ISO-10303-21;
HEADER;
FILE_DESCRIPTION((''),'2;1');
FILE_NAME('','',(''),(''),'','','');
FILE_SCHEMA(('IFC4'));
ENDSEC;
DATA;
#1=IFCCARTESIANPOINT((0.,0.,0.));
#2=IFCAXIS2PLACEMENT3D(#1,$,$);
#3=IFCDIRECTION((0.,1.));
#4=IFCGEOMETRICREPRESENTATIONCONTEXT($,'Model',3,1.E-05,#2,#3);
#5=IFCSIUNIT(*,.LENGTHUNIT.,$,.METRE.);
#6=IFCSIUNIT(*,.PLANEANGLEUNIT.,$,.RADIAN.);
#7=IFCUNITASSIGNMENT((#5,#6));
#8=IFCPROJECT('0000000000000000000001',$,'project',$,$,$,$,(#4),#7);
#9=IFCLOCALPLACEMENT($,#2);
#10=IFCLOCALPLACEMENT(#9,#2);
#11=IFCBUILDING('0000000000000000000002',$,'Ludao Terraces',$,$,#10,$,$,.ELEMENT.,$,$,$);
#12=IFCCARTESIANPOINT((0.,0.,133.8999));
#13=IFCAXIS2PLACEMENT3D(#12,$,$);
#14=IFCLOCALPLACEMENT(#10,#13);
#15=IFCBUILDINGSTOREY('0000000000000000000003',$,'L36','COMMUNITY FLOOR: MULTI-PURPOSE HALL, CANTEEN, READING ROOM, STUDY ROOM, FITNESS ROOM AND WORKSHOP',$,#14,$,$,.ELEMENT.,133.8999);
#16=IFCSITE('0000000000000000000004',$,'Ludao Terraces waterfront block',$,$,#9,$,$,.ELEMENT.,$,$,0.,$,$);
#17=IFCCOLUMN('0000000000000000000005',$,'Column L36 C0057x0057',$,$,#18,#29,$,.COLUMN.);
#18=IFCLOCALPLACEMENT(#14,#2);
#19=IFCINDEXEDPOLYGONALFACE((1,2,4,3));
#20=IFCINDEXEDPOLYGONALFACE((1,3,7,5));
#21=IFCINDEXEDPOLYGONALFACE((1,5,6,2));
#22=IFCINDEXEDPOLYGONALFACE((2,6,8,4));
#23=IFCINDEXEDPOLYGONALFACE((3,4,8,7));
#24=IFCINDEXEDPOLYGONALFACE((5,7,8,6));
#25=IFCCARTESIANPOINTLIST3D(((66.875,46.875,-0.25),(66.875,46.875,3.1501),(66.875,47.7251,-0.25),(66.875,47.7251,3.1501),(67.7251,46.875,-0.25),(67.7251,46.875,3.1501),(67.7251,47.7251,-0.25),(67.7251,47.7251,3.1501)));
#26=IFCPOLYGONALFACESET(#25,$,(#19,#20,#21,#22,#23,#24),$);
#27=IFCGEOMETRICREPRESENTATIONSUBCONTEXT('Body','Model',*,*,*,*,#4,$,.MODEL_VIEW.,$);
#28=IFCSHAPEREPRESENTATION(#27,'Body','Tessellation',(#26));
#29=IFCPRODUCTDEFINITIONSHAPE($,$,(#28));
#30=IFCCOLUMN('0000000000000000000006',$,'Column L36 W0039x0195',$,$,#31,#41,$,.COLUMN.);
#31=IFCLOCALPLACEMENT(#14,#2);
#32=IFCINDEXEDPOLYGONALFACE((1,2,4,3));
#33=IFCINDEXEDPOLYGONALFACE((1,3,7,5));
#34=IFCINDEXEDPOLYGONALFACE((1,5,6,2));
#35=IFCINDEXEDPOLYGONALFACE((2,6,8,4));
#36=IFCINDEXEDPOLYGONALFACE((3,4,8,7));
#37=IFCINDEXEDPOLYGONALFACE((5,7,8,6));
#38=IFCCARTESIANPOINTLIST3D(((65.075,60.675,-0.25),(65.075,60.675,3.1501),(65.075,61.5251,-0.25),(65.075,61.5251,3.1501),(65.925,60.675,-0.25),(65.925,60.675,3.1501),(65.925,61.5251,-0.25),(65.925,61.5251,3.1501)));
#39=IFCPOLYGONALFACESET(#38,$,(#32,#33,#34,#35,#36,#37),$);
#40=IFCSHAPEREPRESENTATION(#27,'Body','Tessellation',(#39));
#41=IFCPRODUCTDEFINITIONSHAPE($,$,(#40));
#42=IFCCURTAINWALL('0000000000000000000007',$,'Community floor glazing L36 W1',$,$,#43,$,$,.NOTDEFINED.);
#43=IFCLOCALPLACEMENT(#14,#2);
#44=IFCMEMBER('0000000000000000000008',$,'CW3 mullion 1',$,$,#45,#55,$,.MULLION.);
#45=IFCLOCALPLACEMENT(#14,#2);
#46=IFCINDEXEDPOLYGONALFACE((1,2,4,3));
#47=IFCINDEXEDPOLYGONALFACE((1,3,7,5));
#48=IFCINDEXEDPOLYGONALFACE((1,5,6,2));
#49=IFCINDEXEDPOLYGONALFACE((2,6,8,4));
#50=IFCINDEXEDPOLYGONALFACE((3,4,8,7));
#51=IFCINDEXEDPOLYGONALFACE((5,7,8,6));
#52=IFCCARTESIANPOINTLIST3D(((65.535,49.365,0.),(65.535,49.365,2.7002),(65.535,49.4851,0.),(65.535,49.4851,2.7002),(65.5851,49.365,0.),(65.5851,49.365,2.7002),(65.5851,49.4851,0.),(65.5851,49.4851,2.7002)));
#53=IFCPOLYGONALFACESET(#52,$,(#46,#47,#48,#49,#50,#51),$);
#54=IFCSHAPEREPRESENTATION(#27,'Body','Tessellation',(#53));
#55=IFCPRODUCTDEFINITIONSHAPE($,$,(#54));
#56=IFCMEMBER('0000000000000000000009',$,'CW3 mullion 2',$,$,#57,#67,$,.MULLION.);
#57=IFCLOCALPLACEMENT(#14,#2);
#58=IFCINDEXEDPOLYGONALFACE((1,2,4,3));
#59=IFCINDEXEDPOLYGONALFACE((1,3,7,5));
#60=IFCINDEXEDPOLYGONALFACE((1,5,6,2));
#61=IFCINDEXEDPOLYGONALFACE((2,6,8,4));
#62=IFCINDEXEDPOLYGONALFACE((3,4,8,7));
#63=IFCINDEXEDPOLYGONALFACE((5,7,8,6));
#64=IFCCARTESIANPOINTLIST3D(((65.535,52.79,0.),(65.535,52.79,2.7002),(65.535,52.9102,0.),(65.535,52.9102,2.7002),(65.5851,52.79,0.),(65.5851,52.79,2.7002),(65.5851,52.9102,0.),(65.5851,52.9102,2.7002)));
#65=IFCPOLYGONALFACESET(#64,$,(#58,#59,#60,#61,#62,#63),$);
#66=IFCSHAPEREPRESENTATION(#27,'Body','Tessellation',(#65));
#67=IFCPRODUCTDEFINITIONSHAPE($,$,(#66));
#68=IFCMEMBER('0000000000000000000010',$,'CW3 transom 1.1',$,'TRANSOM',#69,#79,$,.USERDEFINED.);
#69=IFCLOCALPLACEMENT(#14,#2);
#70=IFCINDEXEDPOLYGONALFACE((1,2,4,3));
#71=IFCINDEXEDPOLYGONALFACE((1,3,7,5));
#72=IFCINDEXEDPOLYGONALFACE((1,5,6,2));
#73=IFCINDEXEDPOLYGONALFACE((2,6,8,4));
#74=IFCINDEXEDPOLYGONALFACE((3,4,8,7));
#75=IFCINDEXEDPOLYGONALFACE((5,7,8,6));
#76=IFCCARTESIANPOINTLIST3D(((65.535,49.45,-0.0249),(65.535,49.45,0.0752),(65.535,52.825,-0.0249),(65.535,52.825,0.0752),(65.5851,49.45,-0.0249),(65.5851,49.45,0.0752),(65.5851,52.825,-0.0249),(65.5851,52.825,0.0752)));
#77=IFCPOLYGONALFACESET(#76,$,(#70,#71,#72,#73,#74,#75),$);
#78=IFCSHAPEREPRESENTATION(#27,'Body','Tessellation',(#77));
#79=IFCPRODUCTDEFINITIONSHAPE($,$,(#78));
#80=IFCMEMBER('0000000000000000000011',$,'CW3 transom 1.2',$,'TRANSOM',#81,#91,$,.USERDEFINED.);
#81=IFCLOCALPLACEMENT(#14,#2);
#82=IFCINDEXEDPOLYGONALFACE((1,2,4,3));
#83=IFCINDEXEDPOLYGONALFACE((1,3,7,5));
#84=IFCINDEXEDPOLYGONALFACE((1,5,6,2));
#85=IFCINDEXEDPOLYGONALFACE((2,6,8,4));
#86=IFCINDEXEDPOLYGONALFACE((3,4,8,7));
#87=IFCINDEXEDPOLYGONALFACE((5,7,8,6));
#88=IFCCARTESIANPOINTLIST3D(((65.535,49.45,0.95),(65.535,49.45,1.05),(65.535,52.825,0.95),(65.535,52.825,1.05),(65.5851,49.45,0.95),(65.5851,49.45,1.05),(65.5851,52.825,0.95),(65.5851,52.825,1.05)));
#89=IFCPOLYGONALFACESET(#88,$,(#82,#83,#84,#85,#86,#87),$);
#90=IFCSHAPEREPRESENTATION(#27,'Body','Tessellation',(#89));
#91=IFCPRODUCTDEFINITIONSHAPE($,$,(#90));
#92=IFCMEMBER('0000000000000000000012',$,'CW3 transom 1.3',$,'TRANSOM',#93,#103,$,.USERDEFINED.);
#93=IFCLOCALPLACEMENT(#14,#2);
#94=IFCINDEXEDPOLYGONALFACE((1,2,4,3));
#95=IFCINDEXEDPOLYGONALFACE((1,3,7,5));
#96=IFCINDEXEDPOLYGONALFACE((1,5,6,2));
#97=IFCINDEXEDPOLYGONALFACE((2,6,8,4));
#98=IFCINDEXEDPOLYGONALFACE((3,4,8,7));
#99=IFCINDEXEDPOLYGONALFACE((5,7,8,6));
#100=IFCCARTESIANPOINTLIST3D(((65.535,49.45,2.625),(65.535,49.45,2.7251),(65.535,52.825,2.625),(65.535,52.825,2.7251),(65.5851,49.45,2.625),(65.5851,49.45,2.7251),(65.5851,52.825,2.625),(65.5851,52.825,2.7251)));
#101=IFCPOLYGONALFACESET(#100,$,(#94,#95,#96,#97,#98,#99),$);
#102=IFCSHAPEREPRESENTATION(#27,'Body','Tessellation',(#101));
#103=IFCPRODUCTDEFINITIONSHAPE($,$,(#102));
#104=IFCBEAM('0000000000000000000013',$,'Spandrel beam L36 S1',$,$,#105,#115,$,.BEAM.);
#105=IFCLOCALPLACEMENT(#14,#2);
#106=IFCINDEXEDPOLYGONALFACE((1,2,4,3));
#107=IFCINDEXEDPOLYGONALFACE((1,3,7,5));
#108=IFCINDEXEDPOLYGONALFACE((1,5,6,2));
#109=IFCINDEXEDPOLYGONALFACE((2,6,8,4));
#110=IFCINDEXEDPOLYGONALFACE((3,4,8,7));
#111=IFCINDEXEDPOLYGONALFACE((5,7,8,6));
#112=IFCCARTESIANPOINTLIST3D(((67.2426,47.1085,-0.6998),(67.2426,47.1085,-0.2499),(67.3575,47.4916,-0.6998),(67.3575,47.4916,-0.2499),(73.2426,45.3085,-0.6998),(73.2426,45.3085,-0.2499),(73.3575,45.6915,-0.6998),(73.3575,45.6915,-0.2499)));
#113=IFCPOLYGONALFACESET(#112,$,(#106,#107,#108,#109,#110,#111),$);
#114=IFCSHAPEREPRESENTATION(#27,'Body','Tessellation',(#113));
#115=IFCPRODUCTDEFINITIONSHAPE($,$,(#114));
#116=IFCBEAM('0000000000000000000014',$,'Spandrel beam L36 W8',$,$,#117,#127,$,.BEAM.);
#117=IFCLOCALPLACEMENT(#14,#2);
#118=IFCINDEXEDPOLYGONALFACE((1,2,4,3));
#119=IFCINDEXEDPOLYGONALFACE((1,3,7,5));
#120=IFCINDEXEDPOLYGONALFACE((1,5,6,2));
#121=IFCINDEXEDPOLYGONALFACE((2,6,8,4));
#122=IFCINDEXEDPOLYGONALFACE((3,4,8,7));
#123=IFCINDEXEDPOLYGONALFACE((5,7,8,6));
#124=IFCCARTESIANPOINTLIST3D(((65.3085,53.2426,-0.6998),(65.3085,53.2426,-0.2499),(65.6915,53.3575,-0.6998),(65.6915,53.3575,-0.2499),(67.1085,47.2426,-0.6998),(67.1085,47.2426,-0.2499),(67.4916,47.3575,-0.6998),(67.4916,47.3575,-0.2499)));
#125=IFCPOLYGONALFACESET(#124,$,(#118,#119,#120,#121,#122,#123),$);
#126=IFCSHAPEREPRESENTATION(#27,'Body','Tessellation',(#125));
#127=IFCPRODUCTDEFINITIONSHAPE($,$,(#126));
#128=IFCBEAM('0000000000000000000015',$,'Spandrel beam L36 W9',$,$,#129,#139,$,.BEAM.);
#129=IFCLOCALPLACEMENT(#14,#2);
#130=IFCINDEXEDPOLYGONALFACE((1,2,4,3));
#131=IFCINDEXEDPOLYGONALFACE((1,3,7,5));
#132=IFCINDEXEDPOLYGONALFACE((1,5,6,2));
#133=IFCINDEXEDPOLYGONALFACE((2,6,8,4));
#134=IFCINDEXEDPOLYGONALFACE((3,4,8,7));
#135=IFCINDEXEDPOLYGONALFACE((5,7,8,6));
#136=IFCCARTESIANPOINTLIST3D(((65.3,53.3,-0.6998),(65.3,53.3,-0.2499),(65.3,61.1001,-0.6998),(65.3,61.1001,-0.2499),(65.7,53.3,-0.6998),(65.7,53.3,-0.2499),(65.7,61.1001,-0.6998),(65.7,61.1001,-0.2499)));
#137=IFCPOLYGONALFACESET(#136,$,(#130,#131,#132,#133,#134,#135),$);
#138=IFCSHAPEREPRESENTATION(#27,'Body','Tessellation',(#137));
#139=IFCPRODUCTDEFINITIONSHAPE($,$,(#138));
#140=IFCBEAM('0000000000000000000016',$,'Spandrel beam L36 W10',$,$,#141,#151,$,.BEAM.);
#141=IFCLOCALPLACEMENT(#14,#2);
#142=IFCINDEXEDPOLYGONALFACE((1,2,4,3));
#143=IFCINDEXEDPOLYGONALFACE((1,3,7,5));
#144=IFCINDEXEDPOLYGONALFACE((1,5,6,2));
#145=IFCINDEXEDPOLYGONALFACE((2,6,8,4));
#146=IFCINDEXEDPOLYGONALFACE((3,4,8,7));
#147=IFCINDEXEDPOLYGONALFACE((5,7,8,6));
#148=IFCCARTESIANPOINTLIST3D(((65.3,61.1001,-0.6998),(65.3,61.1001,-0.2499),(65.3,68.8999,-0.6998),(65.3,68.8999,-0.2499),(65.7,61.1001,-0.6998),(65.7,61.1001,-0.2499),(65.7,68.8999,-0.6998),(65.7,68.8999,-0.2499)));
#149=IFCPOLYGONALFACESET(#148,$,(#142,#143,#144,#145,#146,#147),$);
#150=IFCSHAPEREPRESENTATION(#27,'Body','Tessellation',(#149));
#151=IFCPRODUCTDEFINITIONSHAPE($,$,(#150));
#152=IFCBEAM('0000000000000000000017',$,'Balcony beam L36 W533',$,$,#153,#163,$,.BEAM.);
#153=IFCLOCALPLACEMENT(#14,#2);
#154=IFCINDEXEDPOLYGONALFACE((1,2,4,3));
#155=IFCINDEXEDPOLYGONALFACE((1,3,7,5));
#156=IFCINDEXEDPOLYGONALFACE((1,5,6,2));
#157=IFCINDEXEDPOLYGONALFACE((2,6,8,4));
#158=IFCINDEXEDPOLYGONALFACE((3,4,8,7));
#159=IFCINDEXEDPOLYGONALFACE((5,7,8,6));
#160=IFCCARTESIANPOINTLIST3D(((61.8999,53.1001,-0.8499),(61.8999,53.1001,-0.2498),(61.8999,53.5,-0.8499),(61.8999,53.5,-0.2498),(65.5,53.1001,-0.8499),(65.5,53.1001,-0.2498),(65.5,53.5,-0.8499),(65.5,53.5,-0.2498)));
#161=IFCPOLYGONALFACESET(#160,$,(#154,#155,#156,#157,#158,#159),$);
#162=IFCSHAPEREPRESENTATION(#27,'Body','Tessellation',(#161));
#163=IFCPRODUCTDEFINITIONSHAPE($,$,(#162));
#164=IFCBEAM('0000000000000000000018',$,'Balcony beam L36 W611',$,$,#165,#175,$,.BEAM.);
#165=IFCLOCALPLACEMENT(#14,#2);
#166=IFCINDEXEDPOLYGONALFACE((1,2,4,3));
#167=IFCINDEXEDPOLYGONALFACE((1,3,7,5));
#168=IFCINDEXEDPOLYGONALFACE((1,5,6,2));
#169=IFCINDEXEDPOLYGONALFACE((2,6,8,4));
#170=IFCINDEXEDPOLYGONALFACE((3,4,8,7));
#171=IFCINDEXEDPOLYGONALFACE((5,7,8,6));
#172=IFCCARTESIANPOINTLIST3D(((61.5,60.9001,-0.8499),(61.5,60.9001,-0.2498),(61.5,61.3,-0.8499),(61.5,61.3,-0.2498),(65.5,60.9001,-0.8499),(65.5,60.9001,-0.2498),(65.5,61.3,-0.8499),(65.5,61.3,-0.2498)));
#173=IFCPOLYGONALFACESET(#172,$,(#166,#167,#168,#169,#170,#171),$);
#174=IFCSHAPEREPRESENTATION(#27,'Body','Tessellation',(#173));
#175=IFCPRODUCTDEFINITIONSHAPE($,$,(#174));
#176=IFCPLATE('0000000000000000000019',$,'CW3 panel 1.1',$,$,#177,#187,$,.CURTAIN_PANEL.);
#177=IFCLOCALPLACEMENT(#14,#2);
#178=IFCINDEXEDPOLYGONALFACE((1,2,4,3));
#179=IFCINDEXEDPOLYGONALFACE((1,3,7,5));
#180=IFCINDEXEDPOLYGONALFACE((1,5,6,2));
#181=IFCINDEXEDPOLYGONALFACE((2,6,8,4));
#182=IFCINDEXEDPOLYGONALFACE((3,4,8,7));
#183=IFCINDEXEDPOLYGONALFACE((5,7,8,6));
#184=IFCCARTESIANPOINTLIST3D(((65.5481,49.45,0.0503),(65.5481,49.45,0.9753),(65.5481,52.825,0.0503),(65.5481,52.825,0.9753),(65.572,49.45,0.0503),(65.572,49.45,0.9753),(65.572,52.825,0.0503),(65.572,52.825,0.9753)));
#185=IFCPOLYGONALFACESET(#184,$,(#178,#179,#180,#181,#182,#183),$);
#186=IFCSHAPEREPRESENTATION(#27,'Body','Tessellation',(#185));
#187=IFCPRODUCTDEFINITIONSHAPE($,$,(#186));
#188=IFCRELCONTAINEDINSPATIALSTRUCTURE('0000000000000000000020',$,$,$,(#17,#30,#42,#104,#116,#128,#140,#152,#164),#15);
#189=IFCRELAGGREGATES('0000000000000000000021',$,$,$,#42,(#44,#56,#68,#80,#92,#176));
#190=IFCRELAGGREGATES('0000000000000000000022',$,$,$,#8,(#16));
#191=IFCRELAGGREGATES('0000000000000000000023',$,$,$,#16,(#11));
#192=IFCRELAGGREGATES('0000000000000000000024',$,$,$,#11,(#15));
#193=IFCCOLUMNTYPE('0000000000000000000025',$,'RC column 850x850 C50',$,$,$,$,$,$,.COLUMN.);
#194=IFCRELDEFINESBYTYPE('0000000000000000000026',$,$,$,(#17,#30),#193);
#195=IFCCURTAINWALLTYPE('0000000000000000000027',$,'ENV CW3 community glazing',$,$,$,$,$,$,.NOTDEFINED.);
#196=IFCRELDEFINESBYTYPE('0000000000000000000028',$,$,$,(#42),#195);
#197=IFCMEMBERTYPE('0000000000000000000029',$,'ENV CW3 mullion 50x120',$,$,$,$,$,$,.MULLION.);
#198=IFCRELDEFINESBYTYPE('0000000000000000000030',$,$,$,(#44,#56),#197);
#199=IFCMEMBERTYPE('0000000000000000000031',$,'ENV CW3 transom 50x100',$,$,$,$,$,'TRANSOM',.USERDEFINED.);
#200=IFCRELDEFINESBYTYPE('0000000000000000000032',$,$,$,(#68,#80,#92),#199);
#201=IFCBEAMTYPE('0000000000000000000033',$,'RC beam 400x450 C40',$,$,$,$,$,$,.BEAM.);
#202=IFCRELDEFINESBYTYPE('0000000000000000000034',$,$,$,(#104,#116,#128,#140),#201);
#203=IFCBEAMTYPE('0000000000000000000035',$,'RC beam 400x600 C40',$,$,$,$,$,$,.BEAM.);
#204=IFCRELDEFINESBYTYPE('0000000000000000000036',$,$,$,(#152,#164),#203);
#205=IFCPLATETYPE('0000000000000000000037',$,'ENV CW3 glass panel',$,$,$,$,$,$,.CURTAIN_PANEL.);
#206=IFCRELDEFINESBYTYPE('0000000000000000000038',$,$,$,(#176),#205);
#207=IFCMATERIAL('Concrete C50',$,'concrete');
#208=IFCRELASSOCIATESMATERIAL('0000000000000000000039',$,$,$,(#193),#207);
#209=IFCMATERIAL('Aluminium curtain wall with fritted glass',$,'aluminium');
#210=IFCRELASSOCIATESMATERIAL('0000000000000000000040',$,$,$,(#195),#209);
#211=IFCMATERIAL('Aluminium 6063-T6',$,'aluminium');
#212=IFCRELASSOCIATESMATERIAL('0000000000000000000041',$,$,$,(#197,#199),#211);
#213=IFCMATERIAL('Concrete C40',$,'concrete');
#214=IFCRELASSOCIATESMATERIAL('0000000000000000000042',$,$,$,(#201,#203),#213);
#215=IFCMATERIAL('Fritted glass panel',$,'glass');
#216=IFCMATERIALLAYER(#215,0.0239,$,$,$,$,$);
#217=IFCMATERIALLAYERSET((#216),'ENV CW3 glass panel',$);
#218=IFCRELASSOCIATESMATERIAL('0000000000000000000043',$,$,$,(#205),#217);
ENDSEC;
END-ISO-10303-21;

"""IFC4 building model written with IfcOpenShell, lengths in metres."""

from ifc_helpers import new_model, si_unit, direction, frame, origin, origin_2d, place, context, subcontext, project, spatial, rectangle, extrude, material, layer, layer_set, material_profile, profile_set, type_object, element, aggregate, save


model = new_model("IFC4")

# Units and contexts
model_context = context("Model", 3, precision=1e-05, world=origin(), true_north=direction((0.0, 1.0)))
body_context = subcontext(model_context, "Body", "Model", "MODEL_VIEW")
ifc_project = project(units=[si_unit("LENGTHUNIT", "METRE"), si_unit("PLANEANGLEUNIT", "RADIAN")], contexts=[model_context])

# Site, building, storey
site_placement = place(None, origin())
site = spatial("IfcSite", under=ifc_project, at=site_placement, Name="Ludao Terraces waterfront block", CompositionType="ELEMENT", RefElevation=0.0)
building_placement = place(site_placement, origin())
building = spatial("IfcBuilding", under=site, at=building_placement, Name="Ludao Terraces", CompositionType="ELEMENT")
storey_placement = place(building_placement, frame((0.0, 0.0, 133.8999)))
storey = spatial("IfcBuildingStorey", under=building, at=storey_placement, Name="L36", Description="COMMUNITY FLOOR: MULTI-PURPOSE HALL, CANTEEN, READING ROOM, STUDY ROOM, FITNESS ROOM AND WORKSHOP", CompositionType="ELEMENT", Elevation=133.8999)

# Columns
ifc_material_1 = material(Name="Concrete C50", Category="concrete")
ifc_material_profile_1 = material_profile(ifc_material_1, rectangle(XDim=0.8501, YDim=0.8501, at=origin_2d()), Name="850 X 850")
ifc_profile_set_1 = profile_set([ifc_material_profile_1], Name="Concrete C50")
column_type = type_object("IfcColumnType", Name="RC column 850x850 C50", PredefinedType="COLUMN", material=ifc_profile_set_1)
for number, where, z_axis, x_axis, name in (
    (1, (67.3, 47.3, -0.25), (0.0, 0.0, 1.0), (1.0, 0.0, 0.0), "Column L36 C0057x0057"),
    (2, (65.5, 61.1001, -0.25), (0.0, 0.0, 1.0), (1.0, 0.0, 0.0), "Column L36 W0039x0195"),
):
    element("IfcColumn", number, at=place(storey_placement, frame(where, z_axis=z_axis, x_axis=x_axis)), inside=storey, type_object=column_type, Name=name, PredefinedType="COLUMN", context=body_context, shape_type="SweptSolid", body=[
        extrude(rectangle(XDim=0.8501, YDim=0.8501, at=origin_2d()), origin(), (0.0, 0.0, 1.0), 3.4001),
    ])

# Curtain wall, members
ifc_material_2 = material(Name="Aluminium curtain wall with fritted glass", Category="aluminium")
curtain_wall_type = type_object("IfcCurtainWallType", Name="ENV CW3 community glazing", PredefinedType="NOTDEFINED", material=ifc_material_2)
curtain_wall_placement = place(storey_placement, origin())
curtain_wall = element("IfcCurtainWall", 3, at=curtain_wall_placement, inside=storey, type_object=curtain_wall_type, Name="Community floor glazing L36 W1", PredefinedType="NOTDEFINED")
ifc_material_3 = material(Name="Aluminium 6063-T6", Category="aluminium")
ifc_material_profile_2 = material_profile(ifc_material_3, rectangle(XDim=0.05, YDim=0.1201, at=origin_2d()), Name="50 X 120")
ifc_profile_set_2 = profile_set([ifc_material_profile_2], Name="Aluminium 6063-T6")
member_type_1 = type_object("IfcMemberType", Name="ENV CW3 mullion 50x120", PredefinedType="MULLION", material=ifc_profile_set_2)
member_1_placement = place(storey_placement, frame((65.5601, 49.425, 0.0), z_axis=(0.0, 0.0, 1.0), x_axis=(-1.0, 0.0, 0.0)))
member_1 = element("IfcMember", 4, at=member_1_placement, type_object=member_type_1, Name="CW3 mullion 1", PredefinedType="MULLION", context=body_context, shape_type="SweptSolid", body=[
    extrude(rectangle(XDim=0.05, YDim=0.1201, at=origin_2d()), origin(), (0.0, 0.0, 1.0), 2.7002),
])
member_2_placement = place(storey_placement, frame((65.5601, 52.8501, 0.0), z_axis=(0.0, 0.0, 1.0), x_axis=(-1.0, 0.0, 0.0)))
member_2 = element("IfcMember", 5, at=member_2_placement, type_object=member_type_1, Name="CW3 mullion 2", PredefinedType="MULLION", context=body_context, shape_type="SweptSolid", body=[
    extrude(rectangle(XDim=0.05, YDim=0.1201, at=origin_2d()), origin(), (0.0, 0.0, 1.0), 2.7002),
])
ifc_material_profile_3 = material_profile(ifc_material_3, rectangle(XDim=0.05, YDim=0.1001, at=origin_2d()), Name="50 X 100")
ifc_profile_set_3 = profile_set([ifc_material_profile_3], Name="Aluminium 6063-T6")
member_type_2 = type_object("IfcMemberType", Name="ENV CW3 transom 50x100", ElementType="TRANSOM", PredefinedType="USERDEFINED", material=ifc_profile_set_3)
member_3_placement = place(storey_placement, frame((65.5601, 49.45, 0.0251), z_axis=(0.0, 1.0, 0.0), x_axis=(-1.0, 0.0, 0.0)))
member_3 = element("IfcMember", 6, at=member_3_placement, type_object=member_type_2, Name="CW3 transom 1.1", ObjectType="TRANSOM", PredefinedType="USERDEFINED", context=body_context, shape_type="SweptSolid", body=[
    extrude(rectangle(XDim=0.05, YDim=0.1001, at=origin_2d()), origin(), (0.0, 0.0, 1.0), 3.375),
])
member_4_placement = place(storey_placement, frame((65.5601, 49.45, 1.0), z_axis=(0.0, 1.0, 0.0), x_axis=(-1.0, 0.0, 0.0)))
member_4 = element("IfcMember", 7, at=member_4_placement, type_object=member_type_2, Name="CW3 transom 1.2", ObjectType="TRANSOM", PredefinedType="USERDEFINED", context=body_context, shape_type="SweptSolid", body=[
    extrude(rectangle(XDim=0.05, YDim=0.1001, at=origin_2d()), origin(), (0.0, 0.0, 1.0), 3.375),
])
member_5_placement = place(storey_placement, frame((65.5601, 49.45, 2.675), z_axis=(0.0, 1.0, 0.0), x_axis=(-1.0, 0.0, 0.0)))
member_5 = element("IfcMember", 8, at=member_5_placement, type_object=member_type_2, Name="CW3 transom 1.3", ObjectType="TRANSOM", PredefinedType="USERDEFINED", context=body_context, shape_type="SweptSolid", body=[
    extrude(rectangle(XDim=0.05, YDim=0.1001, at=origin_2d()), origin(), (0.0, 0.0, 1.0), 3.375),
])

# Beams
ifc_material_4 = material(Name="Concrete C40", Category="concrete")
ifc_material_profile_4 = material_profile(ifc_material_4, rectangle(XDim=0.3999, YDim=0.45, at=origin_2d()), Name="400 X 450")
ifc_profile_set_4 = profile_set([ifc_material_profile_4], Name="Concrete C40")
beam_type_1 = type_object("IfcBeamType", Name="RC beam 400x450 C40", PredefinedType="BEAM", material=ifc_profile_set_4)
for number, where, z_axis, x_axis, name in (
    (9, (67.3, 47.3, -0.4749), (0.957824, -0.287355, 0.0), (0.287355, 0.957824, 0.0), "Spandrel beam L36 S1"),
    (10, (67.3, 47.3, -0.4749), (-0.287355, 0.957824, 0.0), (-0.957824, -0.287355, 0.0), "Spandrel beam L36 W8"),
):
    element("IfcBeam", number, at=place(storey_placement, frame(where, z_axis=z_axis, x_axis=x_axis)), inside=storey, type_object=beam_type_1, Name=name, PredefinedType="BEAM", context=body_context, shape_type="SweptSolid", body=[
        extrude(rectangle(XDim=0.3999, YDim=0.45, at=origin_2d()), origin(), (0.0, 0.0, 1.0), 6.2642),
    ])
beam_1_placement = place(storey_placement, frame((65.5, 53.3, -0.4749), z_axis=(0.0, 1.0, 0.0), x_axis=(-1.0, 0.0, 0.0)))
element("IfcBeam", 11, at=beam_1_placement, inside=storey, type_object=beam_type_1, Name="Spandrel beam L36 W9", PredefinedType="BEAM", context=body_context, shape_type="SweptSolid", body=[
    extrude(rectangle(XDim=0.3999, YDim=0.45, at=origin_2d()), origin(), (0.0, 0.0, 1.0), 7.8),
])
beam_2_placement = place(storey_placement, frame((65.5, 61.1001, -0.4749), z_axis=(0.0, 1.0, 0.0), x_axis=(-1.0, 0.0, 0.0)))
element("IfcBeam", 12, at=beam_2_placement, inside=storey, type_object=beam_type_1, Name="Spandrel beam L36 W10", PredefinedType="BEAM", context=body_context, shape_type="SweptSolid", body=[
    extrude(rectangle(XDim=0.3999, YDim=0.45, at=origin_2d()), origin(), (0.0, 0.0, 1.0), 7.7998),
])
ifc_material_profile_5 = material_profile(ifc_material_4, rectangle(XDim=0.3999, YDim=0.6001, at=origin_2d()), Name="400 X 600")
ifc_profile_set_5 = profile_set([ifc_material_profile_5], Name="Concrete C40")
beam_type_2 = type_object("IfcBeamType", Name="RC beam 400x600 C40", PredefinedType="BEAM", material=ifc_profile_set_5)
beam_3_placement = place(storey_placement, frame((65.5, 53.3, -0.5498), z_axis=(-1.0, 0.0, 0.0), x_axis=(0.0, -1.0, 0.0)))
element("IfcBeam", 13, at=beam_3_placement, inside=storey, type_object=beam_type_2, Name="Balcony beam L36 W533", PredefinedType="BEAM", context=body_context, shape_type="SweptSolid", body=[
    extrude(rectangle(XDim=0.3999, YDim=0.6001, at=origin_2d()), origin(), (0.0, 0.0, 1.0), 3.6001),
])
beam_4_placement = place(storey_placement, frame((65.5, 61.1001, -0.5498), z_axis=(-1.0, 0.0, 0.0), x_axis=(0.0, -1.0, 0.0)))
element("IfcBeam", 14, at=beam_4_placement, inside=storey, type_object=beam_type_2, Name="Balcony beam L36 W611", PredefinedType="BEAM", context=body_context, shape_type="SweptSolid", body=[
    extrude(rectangle(XDim=0.3999, YDim=0.6001, at=origin_2d()), origin(), (0.0, 0.0, 1.0), 4.0),
])

# Plate
ifc_material_5 = material(Name="Fritted glass panel", Category="glass")
ifc_layer_1 = layer(ifc_material_5, 0.0239)
ifc_layer_set_1 = layer_set([ifc_layer_1], Name="ENV CW3 glass panel")
plate_type = type_object("IfcPlateType", Name="ENV CW3 glass panel", PredefinedType="CURTAIN_PANEL", material=ifc_layer_set_1)
plate_1_placement = place(storey_placement, frame((65.5601, 51.1375, 0.0503), z_axis=(0.0, 0.0, 1.0), x_axis=(0.0, 1.0, 0.0)))
plate_1 = element("IfcPlate", 15, at=plate_1_placement, type_object=plate_type, Name="CW3 panel 1.1", PredefinedType="CURTAIN_PANEL", context=body_context, shape_type="SweptSolid", body=[
    extrude(rectangle(XDim=3.375, YDim=0.0239, at=origin_2d()), origin(), (0.0, 0.0, 1.0), 0.925),
])
aggregate(curtain_wall, [member_1, member_2, member_3, member_4, member_5, plate_1])

save(model, "model.ifc")
